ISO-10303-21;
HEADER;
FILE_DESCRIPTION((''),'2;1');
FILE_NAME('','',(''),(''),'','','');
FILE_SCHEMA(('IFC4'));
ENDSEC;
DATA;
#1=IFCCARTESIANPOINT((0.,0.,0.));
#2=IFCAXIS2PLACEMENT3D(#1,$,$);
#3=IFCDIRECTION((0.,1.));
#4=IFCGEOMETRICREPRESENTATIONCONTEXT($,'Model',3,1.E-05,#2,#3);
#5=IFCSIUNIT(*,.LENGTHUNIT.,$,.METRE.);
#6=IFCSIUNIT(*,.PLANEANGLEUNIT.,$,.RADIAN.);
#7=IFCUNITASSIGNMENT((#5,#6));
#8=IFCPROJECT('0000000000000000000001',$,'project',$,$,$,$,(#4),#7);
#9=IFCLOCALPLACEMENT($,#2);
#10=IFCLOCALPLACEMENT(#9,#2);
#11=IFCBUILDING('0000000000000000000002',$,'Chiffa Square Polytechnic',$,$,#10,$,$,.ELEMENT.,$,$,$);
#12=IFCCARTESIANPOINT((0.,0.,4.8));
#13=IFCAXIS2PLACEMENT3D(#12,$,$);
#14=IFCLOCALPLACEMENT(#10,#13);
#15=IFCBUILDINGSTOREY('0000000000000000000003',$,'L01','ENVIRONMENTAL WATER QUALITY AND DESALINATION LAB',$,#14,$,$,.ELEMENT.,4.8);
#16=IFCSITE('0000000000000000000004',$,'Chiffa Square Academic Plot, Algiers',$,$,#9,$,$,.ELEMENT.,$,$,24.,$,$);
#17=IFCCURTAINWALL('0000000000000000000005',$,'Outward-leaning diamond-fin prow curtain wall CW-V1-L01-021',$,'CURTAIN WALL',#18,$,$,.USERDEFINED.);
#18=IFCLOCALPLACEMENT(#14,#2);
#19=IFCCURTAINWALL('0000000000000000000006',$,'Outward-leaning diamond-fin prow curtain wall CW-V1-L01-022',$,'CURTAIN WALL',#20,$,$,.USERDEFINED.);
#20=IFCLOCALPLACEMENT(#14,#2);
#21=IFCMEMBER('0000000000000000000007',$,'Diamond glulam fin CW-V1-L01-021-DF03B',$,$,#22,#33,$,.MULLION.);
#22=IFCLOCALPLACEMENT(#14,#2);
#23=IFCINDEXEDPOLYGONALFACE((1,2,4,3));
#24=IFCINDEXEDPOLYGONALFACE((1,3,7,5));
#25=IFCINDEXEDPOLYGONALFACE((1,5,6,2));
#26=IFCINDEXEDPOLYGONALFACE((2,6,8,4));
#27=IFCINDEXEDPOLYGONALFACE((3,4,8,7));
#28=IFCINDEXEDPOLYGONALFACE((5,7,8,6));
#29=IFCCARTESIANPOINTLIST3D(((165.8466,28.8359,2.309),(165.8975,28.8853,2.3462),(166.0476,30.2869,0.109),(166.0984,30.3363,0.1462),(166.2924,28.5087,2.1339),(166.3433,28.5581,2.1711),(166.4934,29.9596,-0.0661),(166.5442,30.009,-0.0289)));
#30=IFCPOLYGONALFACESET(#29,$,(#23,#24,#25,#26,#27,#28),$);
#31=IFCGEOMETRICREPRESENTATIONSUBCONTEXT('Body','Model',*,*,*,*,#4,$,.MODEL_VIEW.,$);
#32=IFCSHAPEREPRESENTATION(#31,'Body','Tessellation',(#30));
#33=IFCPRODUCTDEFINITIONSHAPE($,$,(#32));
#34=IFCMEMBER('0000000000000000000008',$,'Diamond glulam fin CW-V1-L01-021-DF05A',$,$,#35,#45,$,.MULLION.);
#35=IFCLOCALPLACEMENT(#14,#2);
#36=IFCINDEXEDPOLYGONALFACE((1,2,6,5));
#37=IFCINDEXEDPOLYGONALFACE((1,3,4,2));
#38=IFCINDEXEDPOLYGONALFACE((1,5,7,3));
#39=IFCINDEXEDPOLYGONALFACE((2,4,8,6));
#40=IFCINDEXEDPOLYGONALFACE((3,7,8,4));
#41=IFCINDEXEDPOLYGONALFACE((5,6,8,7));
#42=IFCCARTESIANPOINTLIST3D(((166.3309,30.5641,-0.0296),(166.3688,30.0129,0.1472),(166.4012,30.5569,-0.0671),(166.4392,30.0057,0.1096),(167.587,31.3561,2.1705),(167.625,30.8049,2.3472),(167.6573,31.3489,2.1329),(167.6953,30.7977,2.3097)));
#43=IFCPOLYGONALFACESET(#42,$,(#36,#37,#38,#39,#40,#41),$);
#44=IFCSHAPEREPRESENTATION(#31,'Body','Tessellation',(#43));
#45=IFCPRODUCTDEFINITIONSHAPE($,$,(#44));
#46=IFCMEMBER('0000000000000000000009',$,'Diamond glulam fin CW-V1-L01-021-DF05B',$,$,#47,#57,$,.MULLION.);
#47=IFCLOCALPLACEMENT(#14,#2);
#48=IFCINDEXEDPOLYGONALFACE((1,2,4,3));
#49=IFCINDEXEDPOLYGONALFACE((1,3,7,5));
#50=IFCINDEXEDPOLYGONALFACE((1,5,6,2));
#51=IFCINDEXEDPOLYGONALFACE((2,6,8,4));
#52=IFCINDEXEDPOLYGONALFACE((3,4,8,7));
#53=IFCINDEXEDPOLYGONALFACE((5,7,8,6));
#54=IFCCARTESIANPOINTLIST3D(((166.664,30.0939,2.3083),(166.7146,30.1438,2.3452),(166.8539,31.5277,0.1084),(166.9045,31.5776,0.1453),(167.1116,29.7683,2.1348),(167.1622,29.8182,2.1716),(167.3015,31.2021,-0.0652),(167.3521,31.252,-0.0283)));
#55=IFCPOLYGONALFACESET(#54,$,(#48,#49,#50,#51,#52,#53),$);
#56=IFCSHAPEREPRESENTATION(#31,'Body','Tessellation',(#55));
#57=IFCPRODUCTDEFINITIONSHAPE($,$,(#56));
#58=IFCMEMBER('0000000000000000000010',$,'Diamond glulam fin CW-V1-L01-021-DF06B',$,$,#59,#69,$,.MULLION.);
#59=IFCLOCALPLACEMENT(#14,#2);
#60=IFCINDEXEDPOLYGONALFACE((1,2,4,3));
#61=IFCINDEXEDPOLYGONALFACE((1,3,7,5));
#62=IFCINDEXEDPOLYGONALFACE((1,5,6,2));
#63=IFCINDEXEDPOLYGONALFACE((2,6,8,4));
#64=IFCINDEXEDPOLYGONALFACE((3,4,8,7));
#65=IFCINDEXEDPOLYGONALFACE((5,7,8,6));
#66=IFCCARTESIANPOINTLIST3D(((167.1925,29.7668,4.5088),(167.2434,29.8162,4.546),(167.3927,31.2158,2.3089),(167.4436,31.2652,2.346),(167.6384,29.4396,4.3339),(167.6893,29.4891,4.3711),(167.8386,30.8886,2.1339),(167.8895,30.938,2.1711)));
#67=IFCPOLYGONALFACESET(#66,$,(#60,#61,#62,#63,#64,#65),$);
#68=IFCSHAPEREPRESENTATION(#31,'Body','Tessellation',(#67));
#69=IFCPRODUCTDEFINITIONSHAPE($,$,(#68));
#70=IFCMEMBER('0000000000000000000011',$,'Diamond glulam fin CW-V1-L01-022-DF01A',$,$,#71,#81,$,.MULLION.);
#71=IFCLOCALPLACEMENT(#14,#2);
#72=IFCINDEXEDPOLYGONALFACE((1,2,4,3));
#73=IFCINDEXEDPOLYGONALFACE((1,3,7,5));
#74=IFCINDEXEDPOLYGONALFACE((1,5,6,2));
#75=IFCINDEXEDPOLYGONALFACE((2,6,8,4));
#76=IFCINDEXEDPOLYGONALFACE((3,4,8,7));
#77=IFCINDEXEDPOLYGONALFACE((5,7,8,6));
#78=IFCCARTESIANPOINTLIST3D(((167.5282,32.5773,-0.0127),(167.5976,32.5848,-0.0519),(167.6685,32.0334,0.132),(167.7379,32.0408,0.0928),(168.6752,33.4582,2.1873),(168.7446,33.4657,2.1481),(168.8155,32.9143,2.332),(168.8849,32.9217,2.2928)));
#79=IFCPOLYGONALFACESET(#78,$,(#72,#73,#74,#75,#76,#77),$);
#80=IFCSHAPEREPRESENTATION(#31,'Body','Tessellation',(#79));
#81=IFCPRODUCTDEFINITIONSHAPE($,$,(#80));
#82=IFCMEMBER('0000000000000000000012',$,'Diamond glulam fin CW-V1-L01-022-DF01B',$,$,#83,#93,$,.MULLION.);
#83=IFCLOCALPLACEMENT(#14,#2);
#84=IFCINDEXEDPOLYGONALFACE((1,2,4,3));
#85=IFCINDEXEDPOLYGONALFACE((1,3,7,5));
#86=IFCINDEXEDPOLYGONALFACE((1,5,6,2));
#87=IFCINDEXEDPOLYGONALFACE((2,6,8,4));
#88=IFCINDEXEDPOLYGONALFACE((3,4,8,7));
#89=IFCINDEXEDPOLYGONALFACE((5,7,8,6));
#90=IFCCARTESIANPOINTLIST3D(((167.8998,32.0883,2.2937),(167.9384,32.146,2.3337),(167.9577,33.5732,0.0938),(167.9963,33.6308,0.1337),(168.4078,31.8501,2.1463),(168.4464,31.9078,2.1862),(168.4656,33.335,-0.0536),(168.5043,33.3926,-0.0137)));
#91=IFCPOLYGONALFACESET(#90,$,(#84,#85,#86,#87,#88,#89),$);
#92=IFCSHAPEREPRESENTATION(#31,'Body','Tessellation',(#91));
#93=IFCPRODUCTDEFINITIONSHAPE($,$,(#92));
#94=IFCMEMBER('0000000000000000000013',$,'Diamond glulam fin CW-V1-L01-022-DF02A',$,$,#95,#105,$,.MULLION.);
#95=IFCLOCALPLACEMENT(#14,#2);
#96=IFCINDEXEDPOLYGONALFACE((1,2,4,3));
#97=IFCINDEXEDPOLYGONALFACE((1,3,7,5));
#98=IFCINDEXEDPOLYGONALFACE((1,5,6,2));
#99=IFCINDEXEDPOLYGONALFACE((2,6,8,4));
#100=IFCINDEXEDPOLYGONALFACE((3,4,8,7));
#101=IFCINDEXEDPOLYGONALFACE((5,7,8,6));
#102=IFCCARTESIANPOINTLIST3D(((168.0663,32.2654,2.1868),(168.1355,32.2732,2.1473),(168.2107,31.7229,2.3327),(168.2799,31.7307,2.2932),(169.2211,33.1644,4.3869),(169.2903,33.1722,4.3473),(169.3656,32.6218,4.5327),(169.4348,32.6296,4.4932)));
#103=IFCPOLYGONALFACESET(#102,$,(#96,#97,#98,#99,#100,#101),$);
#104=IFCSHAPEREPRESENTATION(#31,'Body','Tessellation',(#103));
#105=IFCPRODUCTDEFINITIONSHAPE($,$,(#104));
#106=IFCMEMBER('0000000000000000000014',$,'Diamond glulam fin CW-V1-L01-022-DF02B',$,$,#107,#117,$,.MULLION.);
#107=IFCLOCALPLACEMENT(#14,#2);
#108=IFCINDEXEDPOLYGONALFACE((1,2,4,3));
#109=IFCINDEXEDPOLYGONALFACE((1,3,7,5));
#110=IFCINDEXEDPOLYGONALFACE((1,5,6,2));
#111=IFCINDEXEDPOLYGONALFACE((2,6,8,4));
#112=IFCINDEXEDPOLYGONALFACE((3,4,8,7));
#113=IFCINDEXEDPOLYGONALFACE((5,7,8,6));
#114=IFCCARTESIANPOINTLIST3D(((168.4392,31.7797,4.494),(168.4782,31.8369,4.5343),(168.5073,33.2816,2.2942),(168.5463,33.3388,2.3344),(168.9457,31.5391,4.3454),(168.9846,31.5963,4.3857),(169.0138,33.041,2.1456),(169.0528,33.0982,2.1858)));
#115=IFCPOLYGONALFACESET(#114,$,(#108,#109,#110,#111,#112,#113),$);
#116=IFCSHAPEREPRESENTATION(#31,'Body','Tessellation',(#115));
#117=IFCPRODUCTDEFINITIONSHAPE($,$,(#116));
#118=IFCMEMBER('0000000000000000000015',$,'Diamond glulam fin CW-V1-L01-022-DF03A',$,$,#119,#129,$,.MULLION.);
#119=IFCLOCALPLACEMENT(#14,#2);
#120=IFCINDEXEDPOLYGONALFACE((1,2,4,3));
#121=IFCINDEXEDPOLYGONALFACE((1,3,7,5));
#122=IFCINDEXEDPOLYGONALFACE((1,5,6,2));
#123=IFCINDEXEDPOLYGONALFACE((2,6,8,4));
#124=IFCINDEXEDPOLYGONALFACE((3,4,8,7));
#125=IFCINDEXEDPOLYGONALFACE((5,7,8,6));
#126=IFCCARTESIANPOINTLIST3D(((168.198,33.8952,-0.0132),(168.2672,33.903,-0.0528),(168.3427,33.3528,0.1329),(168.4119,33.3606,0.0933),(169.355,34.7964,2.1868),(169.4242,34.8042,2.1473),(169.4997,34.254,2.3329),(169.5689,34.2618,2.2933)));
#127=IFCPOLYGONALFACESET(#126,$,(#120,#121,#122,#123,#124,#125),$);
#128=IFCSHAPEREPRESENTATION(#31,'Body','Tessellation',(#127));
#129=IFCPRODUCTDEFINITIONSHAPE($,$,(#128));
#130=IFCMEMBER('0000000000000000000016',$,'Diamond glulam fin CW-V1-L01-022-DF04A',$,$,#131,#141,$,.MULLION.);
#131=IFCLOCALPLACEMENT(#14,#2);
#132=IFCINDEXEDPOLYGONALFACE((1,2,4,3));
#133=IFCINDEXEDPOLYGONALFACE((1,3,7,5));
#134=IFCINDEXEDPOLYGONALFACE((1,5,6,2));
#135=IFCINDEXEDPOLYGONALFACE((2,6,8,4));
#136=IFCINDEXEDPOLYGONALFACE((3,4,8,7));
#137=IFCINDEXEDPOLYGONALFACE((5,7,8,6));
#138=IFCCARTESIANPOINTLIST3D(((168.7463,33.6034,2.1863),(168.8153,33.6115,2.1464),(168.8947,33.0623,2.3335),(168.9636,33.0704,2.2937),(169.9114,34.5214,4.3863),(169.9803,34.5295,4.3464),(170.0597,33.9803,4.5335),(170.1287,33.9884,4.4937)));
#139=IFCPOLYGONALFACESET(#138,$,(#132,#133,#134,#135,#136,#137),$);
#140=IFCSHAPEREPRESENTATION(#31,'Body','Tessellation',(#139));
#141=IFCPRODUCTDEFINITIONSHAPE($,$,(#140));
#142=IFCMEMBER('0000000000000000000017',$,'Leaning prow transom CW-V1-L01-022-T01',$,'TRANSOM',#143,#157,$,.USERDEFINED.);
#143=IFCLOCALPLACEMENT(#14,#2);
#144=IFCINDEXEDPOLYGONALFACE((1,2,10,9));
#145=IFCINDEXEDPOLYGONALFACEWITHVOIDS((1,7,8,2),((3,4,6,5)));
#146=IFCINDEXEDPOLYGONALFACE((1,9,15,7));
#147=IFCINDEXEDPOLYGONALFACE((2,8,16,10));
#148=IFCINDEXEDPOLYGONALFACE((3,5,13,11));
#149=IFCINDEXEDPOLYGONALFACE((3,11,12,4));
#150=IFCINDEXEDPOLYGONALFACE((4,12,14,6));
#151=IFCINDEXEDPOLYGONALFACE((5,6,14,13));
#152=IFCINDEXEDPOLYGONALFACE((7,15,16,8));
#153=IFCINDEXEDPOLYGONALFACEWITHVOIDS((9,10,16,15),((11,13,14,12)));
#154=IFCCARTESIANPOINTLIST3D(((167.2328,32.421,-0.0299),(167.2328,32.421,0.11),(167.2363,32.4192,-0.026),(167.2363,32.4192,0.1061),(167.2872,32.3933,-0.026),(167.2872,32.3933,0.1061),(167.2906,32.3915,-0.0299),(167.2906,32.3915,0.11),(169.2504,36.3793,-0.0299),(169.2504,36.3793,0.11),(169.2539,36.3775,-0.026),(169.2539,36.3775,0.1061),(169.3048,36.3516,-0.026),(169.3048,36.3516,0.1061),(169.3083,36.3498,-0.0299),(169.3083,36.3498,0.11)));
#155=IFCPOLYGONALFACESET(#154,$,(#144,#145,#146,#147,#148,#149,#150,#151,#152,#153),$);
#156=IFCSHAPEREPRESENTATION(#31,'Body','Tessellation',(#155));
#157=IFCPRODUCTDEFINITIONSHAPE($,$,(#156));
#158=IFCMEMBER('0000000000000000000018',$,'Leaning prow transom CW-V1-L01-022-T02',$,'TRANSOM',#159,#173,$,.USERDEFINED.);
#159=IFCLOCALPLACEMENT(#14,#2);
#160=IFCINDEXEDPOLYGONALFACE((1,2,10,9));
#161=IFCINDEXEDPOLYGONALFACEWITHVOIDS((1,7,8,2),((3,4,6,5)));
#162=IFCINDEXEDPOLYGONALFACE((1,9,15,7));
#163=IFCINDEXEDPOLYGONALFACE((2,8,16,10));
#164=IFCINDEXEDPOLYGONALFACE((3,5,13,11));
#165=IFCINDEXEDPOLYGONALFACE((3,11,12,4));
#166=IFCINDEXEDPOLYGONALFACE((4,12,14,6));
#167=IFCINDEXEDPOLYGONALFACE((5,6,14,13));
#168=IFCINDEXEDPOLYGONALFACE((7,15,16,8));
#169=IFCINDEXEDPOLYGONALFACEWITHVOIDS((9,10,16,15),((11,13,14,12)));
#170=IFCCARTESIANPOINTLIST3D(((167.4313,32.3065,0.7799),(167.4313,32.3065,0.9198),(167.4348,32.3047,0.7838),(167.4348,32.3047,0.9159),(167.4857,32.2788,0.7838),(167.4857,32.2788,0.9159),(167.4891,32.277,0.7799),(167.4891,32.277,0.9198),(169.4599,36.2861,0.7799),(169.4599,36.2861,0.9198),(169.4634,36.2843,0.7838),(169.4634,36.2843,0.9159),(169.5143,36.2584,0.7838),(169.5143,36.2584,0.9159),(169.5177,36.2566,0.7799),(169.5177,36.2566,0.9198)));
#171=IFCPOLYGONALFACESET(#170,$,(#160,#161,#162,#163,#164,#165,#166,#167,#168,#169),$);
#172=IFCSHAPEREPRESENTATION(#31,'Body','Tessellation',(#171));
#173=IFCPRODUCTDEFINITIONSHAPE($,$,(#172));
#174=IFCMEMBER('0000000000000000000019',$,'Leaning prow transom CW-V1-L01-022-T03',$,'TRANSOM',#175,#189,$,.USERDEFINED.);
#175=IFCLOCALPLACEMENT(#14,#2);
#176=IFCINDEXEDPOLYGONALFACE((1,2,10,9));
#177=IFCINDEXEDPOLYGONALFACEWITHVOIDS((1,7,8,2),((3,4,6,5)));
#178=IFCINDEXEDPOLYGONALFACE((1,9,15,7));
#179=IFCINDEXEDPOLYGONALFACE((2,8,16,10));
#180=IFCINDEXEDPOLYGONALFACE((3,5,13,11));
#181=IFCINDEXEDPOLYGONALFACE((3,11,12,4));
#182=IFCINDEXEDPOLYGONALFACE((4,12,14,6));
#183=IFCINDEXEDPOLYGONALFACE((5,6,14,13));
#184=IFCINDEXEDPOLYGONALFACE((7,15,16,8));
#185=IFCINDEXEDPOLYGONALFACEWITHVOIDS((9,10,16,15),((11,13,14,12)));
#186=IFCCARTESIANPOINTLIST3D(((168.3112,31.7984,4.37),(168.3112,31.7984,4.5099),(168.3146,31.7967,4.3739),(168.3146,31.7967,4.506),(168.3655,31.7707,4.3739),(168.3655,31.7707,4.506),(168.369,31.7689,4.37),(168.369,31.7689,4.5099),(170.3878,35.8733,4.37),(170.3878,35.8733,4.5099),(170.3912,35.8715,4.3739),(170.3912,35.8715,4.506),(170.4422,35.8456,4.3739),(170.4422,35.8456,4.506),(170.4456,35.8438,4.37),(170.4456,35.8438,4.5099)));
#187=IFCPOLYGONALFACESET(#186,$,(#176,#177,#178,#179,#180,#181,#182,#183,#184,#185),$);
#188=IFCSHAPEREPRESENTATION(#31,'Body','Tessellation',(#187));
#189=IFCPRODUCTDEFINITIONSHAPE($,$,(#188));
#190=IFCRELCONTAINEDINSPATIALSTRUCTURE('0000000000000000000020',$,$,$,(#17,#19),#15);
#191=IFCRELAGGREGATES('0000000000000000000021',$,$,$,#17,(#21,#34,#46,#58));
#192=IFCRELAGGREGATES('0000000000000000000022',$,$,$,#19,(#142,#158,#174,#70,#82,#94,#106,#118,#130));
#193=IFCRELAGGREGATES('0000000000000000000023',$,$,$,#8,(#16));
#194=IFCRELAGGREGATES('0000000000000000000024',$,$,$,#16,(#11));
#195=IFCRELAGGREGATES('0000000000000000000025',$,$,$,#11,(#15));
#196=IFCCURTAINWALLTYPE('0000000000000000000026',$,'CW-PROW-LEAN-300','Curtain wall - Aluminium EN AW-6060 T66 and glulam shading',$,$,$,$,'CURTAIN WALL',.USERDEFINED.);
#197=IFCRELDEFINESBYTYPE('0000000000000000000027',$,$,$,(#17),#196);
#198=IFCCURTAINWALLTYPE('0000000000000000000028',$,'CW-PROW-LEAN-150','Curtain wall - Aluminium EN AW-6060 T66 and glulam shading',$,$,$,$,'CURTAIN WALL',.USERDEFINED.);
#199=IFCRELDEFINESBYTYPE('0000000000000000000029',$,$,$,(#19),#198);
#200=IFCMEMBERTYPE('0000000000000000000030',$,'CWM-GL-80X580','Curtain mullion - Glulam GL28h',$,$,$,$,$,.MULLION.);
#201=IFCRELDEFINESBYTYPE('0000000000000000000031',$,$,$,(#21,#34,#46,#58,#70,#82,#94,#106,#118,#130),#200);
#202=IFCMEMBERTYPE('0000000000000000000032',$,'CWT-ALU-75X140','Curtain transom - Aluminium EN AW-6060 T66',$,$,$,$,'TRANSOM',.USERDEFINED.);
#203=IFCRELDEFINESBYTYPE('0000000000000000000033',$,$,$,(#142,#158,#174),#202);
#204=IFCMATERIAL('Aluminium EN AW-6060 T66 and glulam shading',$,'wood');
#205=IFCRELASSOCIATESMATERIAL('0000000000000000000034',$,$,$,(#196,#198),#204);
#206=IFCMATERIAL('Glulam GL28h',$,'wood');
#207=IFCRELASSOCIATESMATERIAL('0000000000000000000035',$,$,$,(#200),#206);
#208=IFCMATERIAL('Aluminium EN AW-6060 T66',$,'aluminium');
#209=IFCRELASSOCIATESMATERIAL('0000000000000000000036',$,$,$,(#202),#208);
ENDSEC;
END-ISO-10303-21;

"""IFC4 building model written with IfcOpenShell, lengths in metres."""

from ifc_helpers import new_model, si_unit, direction, frame, origin, origin_2d, place, context, subcontext, project, spatial, rectangle, hollow_rectangle, extrude, material, material_profile, profile_set, type_object, element, aggregate, save


model = new_model("IFC4")

# Units and contexts
model_context = context("Model", 3, precision=1e-05, world=origin(), true_north=direction((0.0, 1.0)))
body_context = subcontext(model_context, "Body", "Model", "MODEL_VIEW")
ifc_project = project(units=[si_unit("LENGTHUNIT", "METRE"), si_unit("PLANEANGLEUNIT", "RADIAN")], contexts=[model_context])

# Site, building, storey
site_placement = place(None, origin())
site = spatial("IfcSite", under=ifc_project, at=site_placement, Name="Chiffa Square Academic Plot, Algiers", CompositionType="ELEMENT", RefElevation=24.0)
building_placement = place(site_placement, origin())
building = spatial("IfcBuilding", under=site, at=building_placement, Name="Chiffa Square Polytechnic", CompositionType="ELEMENT")
storey_placement = place(building_placement, frame((0.0, 0.0, 4.8)))
storey = spatial("IfcBuildingStorey", under=building, at=storey_placement, Name="L01", Description="ENVIRONMENTAL WATER QUALITY AND DESALINATION LAB", CompositionType="ELEMENT", Elevation=4.8)

# Curtain walls
ifc_material_1 = material(Name="Aluminium EN AW-6060 T66 and glulam shading", Category="wood")
curtain_wall_type_1 = type_object("IfcCurtainWallType", Name="CW-PROW-LEAN-300", Description="Curtain wall - Aluminium EN AW-6060 T66 and glulam shading", ElementType="CURTAIN WALL", PredefinedType="USERDEFINED", material=ifc_material_1)
curtain_wall_1_placement = place(storey_placement, origin())
curtain_wall_1 = element("IfcCurtainWall", 1, at=curtain_wall_1_placement, inside=storey, type_object=curtain_wall_type_1, Name="Outward-leaning diamond-fin prow curtain wall CW-V1-L01-021", ObjectType="CURTAIN WALL", PredefinedType="USERDEFINED")
ifc_material_2 = material(Name="Aluminium EN AW-6060 T66", Category="aluminium")
curtain_wall_type_2 = type_object("IfcCurtainWallType", Name="CW-PROW-LEAN-150", Description="Curtain wall - Aluminium EN AW-6060 T66 and glulam shading", ElementType="CURTAIN WALL", PredefinedType="USERDEFINED", material=ifc_material_1)
curtain_wall_2_placement = place(storey_placement, origin())
curtain_wall_2 = element("IfcCurtainWall", 2, at=curtain_wall_2_placement, inside=storey, type_object=curtain_wall_type_2, Name="Outward-leaning diamond-fin prow curtain wall CW-V1-L01-022", ObjectType="CURTAIN WALL", PredefinedType="USERDEFINED")

# Members
ifc_material_3 = material(Name="Glulam GL28h", Category="wood")
ifc_material_profile_1 = material_profile(ifc_material_3, rectangle(XDim=0.0801, YDim=0.5801, at=origin_2d()), Name="GL28h 80x580")
ifc_profile_set_1 = profile_set([ifc_material_profile_1], Name="Glulam GL28h")
member_type_1 = type_object("IfcMemberType", Name="CWM-GL-80X580", Description="Curtain mullion - Glulam GL28h", PredefinedType="MULLION", material=ifc_profile_set_1)
member_1_placement = place(storey_placement, frame((166.2959, 30.1479, 0.04), z_axis=(-0.076023, -0.548974, 0.832375), x_axis=(0.63525, 0.61678, 0.464802)))
member_1 = element("IfcMember", 3, at=member_1_placement, type_object=member_type_1, Name="Diamond glulam fin CW-V1-L01-021-DF03B", PredefinedType="MULLION", context=body_context, shape_type="SweptSolid", body=[
    extrude(rectangle(XDim=0.0801, YDim=0.5801, at=origin_2d()), origin(), (0.0, 0.0, 1.0), 2.6431),
])
member_2_placement = place(storey_placement, frame((166.385, 30.2849, 0.04), z_axis=(0.473249, 0.298391, 0.828853), x_axis=(-0.878494, 0.089958, 0.469208)))
member_2 = element("IfcMember", 4, at=member_2_placement, type_object=member_type_1, Name="Diamond glulam fin CW-V1-L01-021-DF05A", PredefinedType="MULLION", context=body_context, shape_type="SweptSolid", body=[
    extrude(rectangle(XDim=0.0801, YDim=0.5801, at=origin_2d()), origin(), (0.0, 0.0, 1.0), 2.6543),
])
member_3_placement = place(storey_placement, frame((167.103, 31.3899, 0.04), z_axis=(-0.072144, -0.544601, 0.835587), x_axis=(0.631951, 0.623189, 0.460731)))
member_3 = element("IfcMember", 5, at=member_3_placement, type_object=member_type_1, Name="Diamond glulam fin CW-V1-L01-021-DF05B", PredefinedType="MULLION", context=body_context, shape_type="SweptSolid", body=[
    extrude(rectangle(XDim=0.0801, YDim=0.5801, at=origin_2d()), origin(), (0.0, 0.0, 1.0), 2.6328),
])
member_4_placement = place(storey_placement, frame((167.6411, 31.0769, 2.24), z_axis=(-0.075778, -0.548469, 0.83273), x_axis=(0.635097, 0.617273, 0.464354)))
member_4 = element("IfcMember", 6, at=member_4_placement, type_object=member_type_1, Name="Diamond glulam fin CW-V1-L01-021-DF06B", PredefinedType="MULLION", context=body_context, shape_type="SweptSolid", body=[
    extrude(rectangle(XDim=0.0801, YDim=0.5801, at=origin_2d()), origin(), (0.0, 0.0, 1.0), 2.6418),
])
member_5_placement = place(storey_placement, frame((167.6331, 32.3091, 0.04), z_axis=(0.43566, 0.334581, 0.835617), x_axis=(-0.867017, -0.093432, 0.489441)))
member_5 = element("IfcMember", 7, at=member_5_placement, type_object=member_type_1, Name="Diamond glulam fin CW-V1-L01-022-DF01A", PredefinedType="MULLION", context=body_context, shape_type="SweptSolid", body=[
    extrude(rectangle(XDim=0.0801, YDim=0.5801, at=origin_2d()), origin(), (0.0, 0.0, 1.0), 2.6328),
])
member_6_placement = place(storey_placement, frame((168.231, 33.4829, 0.04), z_axis=(-0.021795, -0.559313, 0.82867), x_axis=(0.482396, 0.720113, 0.49873)))
member_6 = element("IfcMember", 8, at=member_6_placement, type_object=member_type_1, Name="Diamond glulam fin CW-V1-L01-022-DF01B", PredefinedType="MULLION", context=body_context, shape_type="SweptSolid", body=[
    extrude(rectangle(XDim=0.0801, YDim=0.5801, at=origin_2d()), origin(), (0.0, 0.0, 1.0), 2.6548),
])
member_7_placement = place(storey_placement, frame((168.1731, 31.998, 2.24), z_axis=(0.437049, 0.340215, 0.832611), x_axis=(-0.864274, -0.097455, 0.493491)))
member_7 = element("IfcMember", 9, at=member_7_placement, type_object=member_type_1, Name="Diamond glulam fin CW-V1-L01-022-DF02A", PredefinedType="MULLION", context=body_context, shape_type="SweptSolid", body=[
    extrude(rectangle(XDim=0.0801, YDim=0.5801, at=origin_2d()), origin(), (0.0, 0.0, 1.0), 2.6423),
])
member_8_placement = place(storey_placement, frame((168.78, 33.1899, 2.24), z_axis=(-0.025563, -0.563662, 0.82561), x_axis=(0.486851, 0.714301, 0.502742)))
member_8 = element("IfcMember", 10, at=member_8_placement, type_object=member_type_1, Name="Diamond glulam fin CW-V1-L01-022-DF02B", PredefinedType="MULLION", context=body_context, shape_type="SweptSolid", body=[
    extrude(rectangle(XDim=0.0801, YDim=0.5801, at=origin_2d()), origin(), (0.0, 0.0, 1.0), 2.6646),
])
member_9_placement = place(storey_placement, frame((168.3049, 33.6279, 0.04), z_axis=(0.437598, 0.340826, 0.832073), x_axis=(-0.86387, -0.097387, 0.494211)))
member_9 = element("IfcMember", 11, at=member_9_placement, type_object=member_type_1, Name="Diamond glulam fin CW-V1-L01-022-DF03A", PredefinedType="MULLION", context=body_context, shape_type="SweptSolid", body=[
    extrude(rectangle(XDim=0.0801, YDim=0.5801, at=origin_2d()), origin(), (0.0, 0.0, 1.0), 2.644),
])
member_10_placement = place(storey_placement, frame((168.855, 33.3369, 2.24), z_axis=(0.439098, 0.345978, 0.829151), x_axis=(-0.861264, -0.100631, 0.498094)))
member_10 = element("IfcMember", 12, at=member_10_placement, type_object=member_type_1, Name="Diamond glulam fin CW-V1-L01-022-DF04A", PredefinedType="MULLION", context=body_context, shape_type="SweptSolid", body=[
    extrude(rectangle(XDim=0.0801, YDim=0.5801, at=origin_2d()), origin(), (0.0, 0.0, 1.0), 2.6533),
])
ifc_material_profile_2 = material_profile(ifc_material_2, hollow_rectangle(XDim=0.0649, YDim=0.1399, WallThickness=0.0039, at=origin_2d()), Name="ALU 65x140x4")
ifc_profile_set_2 = profile_set([ifc_material_profile_2], Name="Aluminium EN AW-6060 T66")
member_type_2 = type_object("IfcMemberType", Name="CWT-ALU-75X140", Description="Curtain transom - Aluminium EN AW-6060 T66", ElementType="TRANSOM", PredefinedType="USERDEFINED", material=ifc_profile_set_2)
member_11_placement = place(storey_placement, frame((167.2617, 32.4062, 0.04), z_axis=(0.454124, 0.890938, 0.0), x_axis=(-0.890938, 0.454124, 0.0)))
member_11 = element("IfcMember", 13, at=member_11_placement, type_object=member_type_2, Name="Leaning prow transom CW-V1-L01-022-T01", ObjectType="TRANSOM", PredefinedType="USERDEFINED", context=body_context, shape_type="SweptSolid", body=[
    extrude(hollow_rectangle(XDim=0.0649, YDim=0.1399, WallThickness=0.0039, at=origin_2d()), origin(), (0.0, 0.0, 1.0), 4.4429),
])
member_12_placement = place(storey_placement, frame((167.4602, 32.2917, 0.8499), z_axis=(0.454153, 0.890924, 0.0), x_axis=(-0.890924, 0.454153, 0.0)))
member_12 = element("IfcMember", 14, at=member_12_placement, type_object=member_type_2, Name="Leaning prow transom CW-V1-L01-022-T02", ObjectType="TRANSOM", PredefinedType="USERDEFINED", context=body_context, shape_type="SweptSolid", body=[
    extrude(hollow_rectangle(XDim=0.0649, YDim=0.1399, WallThickness=0.0039, at=origin_2d()), origin(), (0.0, 0.0, 1.0), 4.4668),
])
member_13_placement = place(storey_placement, frame((168.3401, 31.7837, 4.4399), z_axis=(0.454055, 0.890974, 0.0), x_axis=(-0.890974, 0.454055, 0.0)))
member_13 = element("IfcMember", 15, at=member_13_placement, type_object=member_type_2, Name="Leaning prow transom CW-V1-L01-022-T03", ObjectType="TRANSOM", PredefinedType="USERDEFINED", context=body_context, shape_type="SweptSolid", body=[
    extrude(hollow_rectangle(XDim=0.0649, YDim=0.1399, WallThickness=0.0039, at=origin_2d()), origin(), (0.0, 0.0, 1.0), 4.5735),
])

aggregate(curtain_wall_1, [member_1, member_2, member_3, member_4])
aggregate(curtain_wall_2, [member_11, member_12, member_13, member_5, member_6, member_7, member_8, member_9, member_10])

save(model, "model.ifc")
